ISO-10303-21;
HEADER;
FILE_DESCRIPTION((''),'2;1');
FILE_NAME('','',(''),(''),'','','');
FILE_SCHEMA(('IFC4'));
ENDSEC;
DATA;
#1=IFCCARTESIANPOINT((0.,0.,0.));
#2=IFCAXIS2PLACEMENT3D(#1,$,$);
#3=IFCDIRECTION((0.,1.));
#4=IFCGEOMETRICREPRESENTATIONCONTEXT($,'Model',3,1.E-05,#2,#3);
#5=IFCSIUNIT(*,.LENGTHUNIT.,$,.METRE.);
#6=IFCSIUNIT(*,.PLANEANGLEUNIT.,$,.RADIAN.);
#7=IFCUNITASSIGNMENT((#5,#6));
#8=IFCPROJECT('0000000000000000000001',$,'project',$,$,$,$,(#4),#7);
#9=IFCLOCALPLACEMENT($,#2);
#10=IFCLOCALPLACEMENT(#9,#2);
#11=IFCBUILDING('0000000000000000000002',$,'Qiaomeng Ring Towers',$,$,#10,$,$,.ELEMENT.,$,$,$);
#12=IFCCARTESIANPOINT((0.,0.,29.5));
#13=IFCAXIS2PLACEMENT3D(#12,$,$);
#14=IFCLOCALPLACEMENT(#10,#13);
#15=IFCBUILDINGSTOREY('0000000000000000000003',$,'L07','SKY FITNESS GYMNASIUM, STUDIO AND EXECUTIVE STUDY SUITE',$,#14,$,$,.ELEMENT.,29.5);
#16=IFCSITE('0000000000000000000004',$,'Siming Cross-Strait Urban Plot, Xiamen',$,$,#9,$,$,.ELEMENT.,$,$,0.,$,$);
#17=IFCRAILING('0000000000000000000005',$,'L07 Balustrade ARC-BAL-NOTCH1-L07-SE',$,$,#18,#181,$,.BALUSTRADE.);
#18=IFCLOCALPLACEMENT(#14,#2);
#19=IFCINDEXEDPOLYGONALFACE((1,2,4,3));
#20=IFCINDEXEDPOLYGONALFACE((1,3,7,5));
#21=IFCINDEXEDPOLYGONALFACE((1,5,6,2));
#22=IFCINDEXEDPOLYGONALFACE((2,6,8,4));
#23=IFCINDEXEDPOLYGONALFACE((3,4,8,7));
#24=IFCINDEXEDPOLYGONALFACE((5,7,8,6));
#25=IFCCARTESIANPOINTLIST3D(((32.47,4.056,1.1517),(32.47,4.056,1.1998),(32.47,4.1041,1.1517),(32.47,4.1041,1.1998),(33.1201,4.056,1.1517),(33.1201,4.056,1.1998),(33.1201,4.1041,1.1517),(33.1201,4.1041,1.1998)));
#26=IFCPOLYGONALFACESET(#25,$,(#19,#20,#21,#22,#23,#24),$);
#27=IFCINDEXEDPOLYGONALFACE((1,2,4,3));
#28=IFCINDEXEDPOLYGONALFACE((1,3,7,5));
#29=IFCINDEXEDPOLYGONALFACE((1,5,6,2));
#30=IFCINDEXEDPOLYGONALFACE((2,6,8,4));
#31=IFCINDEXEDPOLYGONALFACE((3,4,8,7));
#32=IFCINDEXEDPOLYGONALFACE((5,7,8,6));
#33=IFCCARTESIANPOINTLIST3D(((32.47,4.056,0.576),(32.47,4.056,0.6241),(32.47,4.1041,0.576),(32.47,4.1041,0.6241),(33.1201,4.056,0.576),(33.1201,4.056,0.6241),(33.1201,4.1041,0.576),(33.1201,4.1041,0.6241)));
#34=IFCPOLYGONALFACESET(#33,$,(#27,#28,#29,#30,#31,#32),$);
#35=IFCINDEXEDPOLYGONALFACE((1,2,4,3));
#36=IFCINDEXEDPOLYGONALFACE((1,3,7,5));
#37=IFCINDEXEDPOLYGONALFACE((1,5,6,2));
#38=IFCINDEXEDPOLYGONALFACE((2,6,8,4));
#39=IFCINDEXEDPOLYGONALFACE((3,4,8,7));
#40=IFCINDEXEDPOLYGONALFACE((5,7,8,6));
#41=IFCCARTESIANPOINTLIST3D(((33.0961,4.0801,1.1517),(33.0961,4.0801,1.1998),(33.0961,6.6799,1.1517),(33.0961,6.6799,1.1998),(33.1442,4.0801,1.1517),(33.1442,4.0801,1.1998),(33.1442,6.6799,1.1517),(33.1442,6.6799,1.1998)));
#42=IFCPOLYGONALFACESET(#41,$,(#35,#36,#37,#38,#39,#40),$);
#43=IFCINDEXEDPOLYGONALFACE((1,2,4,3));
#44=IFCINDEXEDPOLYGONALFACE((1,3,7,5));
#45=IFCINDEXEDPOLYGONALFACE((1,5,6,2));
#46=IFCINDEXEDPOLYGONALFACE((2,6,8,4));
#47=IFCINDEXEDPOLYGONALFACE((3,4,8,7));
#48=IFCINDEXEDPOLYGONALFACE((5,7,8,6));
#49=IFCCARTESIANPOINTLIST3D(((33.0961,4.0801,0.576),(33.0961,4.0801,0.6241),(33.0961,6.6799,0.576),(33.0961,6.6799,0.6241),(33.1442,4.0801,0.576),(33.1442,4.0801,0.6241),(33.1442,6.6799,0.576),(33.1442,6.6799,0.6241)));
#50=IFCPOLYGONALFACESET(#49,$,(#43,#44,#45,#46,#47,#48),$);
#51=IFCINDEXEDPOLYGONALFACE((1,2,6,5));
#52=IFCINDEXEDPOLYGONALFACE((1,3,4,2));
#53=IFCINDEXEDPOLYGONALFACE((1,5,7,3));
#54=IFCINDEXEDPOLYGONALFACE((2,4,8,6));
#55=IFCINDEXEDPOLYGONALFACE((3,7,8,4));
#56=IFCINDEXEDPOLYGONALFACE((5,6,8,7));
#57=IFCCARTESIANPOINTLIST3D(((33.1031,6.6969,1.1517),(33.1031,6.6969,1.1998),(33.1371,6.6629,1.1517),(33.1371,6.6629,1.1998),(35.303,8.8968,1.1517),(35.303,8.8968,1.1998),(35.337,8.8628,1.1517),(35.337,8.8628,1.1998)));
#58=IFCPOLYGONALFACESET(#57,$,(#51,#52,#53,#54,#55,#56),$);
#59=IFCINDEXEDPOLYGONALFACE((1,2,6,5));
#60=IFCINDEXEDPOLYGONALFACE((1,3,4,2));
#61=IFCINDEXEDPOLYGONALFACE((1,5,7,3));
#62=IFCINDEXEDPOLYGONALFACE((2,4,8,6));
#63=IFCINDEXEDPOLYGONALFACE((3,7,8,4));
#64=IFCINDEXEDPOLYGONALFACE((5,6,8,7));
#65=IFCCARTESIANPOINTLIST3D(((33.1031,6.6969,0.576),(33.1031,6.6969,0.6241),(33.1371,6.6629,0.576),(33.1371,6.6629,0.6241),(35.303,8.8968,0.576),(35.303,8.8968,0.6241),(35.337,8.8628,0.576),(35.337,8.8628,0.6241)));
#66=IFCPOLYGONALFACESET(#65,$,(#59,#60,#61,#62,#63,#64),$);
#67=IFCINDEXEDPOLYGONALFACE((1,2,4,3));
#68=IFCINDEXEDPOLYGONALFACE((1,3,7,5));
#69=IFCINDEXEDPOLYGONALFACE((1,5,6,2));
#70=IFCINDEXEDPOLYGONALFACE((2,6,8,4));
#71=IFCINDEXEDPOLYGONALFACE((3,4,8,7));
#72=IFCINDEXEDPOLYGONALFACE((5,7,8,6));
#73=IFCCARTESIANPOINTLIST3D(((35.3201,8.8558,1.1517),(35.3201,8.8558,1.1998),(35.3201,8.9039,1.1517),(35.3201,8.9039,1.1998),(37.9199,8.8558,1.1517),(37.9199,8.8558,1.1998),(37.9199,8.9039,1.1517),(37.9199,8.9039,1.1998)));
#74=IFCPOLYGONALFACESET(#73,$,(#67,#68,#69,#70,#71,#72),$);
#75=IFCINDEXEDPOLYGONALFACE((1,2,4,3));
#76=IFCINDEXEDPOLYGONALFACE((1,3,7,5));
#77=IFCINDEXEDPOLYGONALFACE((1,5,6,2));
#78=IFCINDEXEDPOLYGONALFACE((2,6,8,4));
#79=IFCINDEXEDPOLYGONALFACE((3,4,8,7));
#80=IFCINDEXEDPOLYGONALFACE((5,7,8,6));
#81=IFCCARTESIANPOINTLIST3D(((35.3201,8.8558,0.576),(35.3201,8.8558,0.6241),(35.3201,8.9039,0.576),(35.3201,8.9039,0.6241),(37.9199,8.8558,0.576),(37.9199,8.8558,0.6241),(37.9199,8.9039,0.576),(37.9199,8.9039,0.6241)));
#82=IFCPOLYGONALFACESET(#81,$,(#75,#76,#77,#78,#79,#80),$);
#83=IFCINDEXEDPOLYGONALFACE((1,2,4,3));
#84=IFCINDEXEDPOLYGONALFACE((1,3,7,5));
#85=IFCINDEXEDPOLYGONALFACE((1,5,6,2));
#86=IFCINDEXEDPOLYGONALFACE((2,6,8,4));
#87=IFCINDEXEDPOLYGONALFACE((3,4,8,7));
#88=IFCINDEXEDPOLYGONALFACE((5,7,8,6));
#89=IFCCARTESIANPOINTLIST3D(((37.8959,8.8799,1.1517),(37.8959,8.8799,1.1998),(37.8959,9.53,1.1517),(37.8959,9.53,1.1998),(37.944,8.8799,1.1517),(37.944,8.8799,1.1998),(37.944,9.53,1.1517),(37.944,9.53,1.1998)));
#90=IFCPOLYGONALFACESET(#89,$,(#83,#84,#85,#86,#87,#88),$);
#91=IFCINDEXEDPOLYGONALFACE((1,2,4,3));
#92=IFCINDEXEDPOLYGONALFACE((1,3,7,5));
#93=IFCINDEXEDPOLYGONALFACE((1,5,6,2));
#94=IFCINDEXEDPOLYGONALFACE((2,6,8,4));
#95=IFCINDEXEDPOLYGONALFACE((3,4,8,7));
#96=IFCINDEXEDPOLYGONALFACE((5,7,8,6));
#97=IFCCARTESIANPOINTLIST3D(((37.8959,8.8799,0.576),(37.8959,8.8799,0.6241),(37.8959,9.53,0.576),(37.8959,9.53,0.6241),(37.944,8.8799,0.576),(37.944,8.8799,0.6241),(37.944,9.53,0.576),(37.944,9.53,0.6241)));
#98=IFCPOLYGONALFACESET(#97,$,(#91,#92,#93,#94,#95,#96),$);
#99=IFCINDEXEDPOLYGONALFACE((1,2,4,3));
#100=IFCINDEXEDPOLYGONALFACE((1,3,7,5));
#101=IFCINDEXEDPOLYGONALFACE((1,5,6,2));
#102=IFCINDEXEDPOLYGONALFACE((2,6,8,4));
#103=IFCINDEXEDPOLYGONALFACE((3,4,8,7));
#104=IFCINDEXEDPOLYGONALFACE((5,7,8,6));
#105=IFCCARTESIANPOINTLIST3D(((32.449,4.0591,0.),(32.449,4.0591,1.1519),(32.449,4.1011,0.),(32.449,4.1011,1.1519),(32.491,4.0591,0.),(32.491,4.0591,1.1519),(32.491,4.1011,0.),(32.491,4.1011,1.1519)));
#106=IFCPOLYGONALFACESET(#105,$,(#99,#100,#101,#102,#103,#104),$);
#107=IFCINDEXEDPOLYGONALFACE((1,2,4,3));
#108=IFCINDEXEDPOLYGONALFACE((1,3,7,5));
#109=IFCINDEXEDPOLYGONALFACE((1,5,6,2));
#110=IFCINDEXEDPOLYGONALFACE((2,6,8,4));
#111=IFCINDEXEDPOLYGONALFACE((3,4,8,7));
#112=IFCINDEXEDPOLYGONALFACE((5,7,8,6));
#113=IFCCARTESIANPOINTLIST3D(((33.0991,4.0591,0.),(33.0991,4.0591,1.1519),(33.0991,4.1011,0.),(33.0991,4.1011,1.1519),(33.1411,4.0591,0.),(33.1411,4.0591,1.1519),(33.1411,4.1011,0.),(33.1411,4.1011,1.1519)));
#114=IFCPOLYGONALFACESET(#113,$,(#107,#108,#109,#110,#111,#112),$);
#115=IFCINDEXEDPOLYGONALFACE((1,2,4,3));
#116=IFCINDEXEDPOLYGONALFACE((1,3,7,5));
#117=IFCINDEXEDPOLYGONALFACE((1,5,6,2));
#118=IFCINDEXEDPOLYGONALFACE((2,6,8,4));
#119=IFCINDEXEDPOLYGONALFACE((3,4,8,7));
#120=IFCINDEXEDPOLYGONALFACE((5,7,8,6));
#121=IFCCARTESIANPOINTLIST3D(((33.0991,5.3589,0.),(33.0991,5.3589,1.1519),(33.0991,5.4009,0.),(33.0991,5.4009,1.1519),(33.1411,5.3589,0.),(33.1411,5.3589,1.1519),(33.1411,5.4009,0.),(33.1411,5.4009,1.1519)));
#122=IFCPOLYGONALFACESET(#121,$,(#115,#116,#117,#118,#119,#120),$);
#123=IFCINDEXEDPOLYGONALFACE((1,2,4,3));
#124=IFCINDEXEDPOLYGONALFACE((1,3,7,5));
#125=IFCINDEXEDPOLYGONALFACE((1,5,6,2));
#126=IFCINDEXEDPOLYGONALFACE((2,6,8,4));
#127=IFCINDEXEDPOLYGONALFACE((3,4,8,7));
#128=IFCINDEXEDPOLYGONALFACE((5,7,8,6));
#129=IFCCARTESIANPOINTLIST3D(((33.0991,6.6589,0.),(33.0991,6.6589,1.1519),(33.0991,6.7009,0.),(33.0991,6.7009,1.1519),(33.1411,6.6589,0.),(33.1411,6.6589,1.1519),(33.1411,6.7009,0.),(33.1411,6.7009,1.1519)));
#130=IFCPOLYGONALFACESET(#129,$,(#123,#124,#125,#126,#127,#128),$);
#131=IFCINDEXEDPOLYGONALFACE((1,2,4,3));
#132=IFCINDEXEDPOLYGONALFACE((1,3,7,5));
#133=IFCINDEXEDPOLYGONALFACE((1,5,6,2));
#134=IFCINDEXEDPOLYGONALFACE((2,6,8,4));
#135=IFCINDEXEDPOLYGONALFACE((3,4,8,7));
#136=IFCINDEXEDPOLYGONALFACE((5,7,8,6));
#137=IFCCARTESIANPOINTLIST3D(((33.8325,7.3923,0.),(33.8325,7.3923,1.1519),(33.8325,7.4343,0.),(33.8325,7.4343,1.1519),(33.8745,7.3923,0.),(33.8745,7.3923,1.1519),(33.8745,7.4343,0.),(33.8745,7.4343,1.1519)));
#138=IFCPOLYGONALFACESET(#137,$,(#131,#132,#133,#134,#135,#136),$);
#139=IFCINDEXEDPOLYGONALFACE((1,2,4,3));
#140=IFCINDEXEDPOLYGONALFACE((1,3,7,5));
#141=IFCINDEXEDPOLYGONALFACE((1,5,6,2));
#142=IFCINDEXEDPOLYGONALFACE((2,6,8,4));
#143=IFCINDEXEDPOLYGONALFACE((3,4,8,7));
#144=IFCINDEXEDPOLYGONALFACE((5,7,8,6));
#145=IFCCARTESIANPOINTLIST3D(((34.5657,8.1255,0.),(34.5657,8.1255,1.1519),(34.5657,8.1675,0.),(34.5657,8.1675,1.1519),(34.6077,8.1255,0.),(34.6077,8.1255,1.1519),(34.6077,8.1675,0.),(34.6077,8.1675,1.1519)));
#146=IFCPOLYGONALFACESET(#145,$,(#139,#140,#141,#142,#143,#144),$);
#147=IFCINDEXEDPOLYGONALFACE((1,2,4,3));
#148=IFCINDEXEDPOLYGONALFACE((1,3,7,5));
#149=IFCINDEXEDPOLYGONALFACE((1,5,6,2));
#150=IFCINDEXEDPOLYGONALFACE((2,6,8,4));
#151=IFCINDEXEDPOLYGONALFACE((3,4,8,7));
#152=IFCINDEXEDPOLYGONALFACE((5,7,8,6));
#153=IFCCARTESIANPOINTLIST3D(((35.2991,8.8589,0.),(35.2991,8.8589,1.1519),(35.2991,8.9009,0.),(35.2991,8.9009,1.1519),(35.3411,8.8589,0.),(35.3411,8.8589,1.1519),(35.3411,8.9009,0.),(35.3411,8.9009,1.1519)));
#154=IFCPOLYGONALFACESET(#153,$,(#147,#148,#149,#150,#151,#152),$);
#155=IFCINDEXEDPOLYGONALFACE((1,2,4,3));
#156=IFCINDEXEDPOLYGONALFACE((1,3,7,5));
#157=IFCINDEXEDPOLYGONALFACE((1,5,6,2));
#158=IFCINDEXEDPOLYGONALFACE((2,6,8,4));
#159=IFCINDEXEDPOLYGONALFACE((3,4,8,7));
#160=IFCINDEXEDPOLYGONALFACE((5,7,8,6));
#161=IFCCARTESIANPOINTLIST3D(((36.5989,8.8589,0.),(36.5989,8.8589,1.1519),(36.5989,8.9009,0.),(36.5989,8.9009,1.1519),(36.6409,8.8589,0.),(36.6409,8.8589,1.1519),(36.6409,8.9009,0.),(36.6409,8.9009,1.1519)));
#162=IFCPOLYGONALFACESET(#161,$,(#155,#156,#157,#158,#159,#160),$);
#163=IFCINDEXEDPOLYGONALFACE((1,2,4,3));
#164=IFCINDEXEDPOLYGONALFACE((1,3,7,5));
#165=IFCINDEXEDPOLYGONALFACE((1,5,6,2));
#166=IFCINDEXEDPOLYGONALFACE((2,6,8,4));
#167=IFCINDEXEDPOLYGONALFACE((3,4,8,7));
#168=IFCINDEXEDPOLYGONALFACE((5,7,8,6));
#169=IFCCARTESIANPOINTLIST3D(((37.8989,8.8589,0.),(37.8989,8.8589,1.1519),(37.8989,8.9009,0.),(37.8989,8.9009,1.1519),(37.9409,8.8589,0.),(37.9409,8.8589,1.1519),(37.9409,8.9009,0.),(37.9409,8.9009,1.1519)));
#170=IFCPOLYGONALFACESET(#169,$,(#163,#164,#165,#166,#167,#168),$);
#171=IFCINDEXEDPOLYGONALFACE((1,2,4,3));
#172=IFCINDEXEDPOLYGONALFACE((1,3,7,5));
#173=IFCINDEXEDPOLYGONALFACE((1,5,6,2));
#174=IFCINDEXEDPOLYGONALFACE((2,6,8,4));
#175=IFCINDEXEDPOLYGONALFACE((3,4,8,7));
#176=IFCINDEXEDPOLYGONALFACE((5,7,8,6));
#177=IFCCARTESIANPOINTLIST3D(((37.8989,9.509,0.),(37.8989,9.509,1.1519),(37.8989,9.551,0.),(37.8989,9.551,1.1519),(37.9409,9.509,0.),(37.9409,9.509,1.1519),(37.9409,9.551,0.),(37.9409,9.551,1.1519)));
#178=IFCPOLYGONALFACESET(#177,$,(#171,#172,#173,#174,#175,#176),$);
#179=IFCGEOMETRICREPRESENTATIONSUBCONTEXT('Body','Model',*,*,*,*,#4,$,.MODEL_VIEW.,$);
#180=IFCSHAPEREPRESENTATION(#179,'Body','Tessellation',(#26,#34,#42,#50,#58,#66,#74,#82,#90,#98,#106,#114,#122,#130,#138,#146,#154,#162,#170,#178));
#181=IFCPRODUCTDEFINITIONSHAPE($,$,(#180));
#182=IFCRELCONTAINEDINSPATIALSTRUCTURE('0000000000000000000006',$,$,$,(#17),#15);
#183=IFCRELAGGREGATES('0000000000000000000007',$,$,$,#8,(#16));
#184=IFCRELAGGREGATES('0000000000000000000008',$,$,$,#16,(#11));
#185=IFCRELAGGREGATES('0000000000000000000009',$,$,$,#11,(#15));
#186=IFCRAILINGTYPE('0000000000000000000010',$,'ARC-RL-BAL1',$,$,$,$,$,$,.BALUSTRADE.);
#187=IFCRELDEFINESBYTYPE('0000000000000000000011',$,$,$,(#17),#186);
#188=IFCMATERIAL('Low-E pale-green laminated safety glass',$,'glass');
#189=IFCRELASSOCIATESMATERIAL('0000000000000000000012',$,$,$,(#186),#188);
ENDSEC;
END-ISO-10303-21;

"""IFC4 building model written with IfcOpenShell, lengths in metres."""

from ifc_helpers import new_model, si_unit, direction, frame, origin, origin_2d, place, context, subcontext, project, spatial, rectangle, extrude, material, type_object, element, save


model = new_model("IFC4")

# Units and contexts
model_context = context("Model", 3, precision=1e-05, world=origin(), true_north=direction((0.0, 1.0)))
body_context = subcontext(model_context, "Body", "Model", "MODEL_VIEW")
ifc_project = project(units=[si_unit("LENGTHUNIT", "METRE"), si_unit("PLANEANGLEUNIT", "RADIAN")], contexts=[model_context])

# Site, building, storey
site_placement = place(None, origin())
site = spatial("IfcSite", under=ifc_project, at=site_placement, Name="Siming Cross-Strait Urban Plot, Xiamen", CompositionType="ELEMENT", RefElevation=0.0)
building_placement = place(site_placement, origin())
building = spatial("IfcBuilding", under=site, at=building_placement, Name="Qiaomeng Ring Towers", CompositionType="ELEMENT")
storey_placement = place(building_placement, frame((0.0, 0.0, 29.5)))
storey = spatial("IfcBuildingStorey", under=building, at=storey_placement, Name="L07", Description="SKY FITNESS GYMNASIUM, STUDIO AND EXECUTIVE STUDY SUITE", CompositionType="ELEMENT", Elevation=29.5)

# Railing
ifc_material_1 = material(Name="Low-E pale-green laminated safety glass", Category="glass")
railing_type = type_object("IfcRailingType", Name="ARC-RL-BAL1", PredefinedType="BALUSTRADE", material=ifc_material_1)
railing_placement = place(storey_placement, frame((32.47, 4.0801, 0.0)))
element("IfcRailing", 1, at=railing_placement, inside=storey, type_object=railing_type, Name="L07 Balustrade ARC-BAL-NOTCH1-L07-SE", PredefinedType="BALUSTRADE", context=body_context, shape_type="SweptSolid", body=[
    extrude(rectangle(XDim=0.0481, YDim=0.0481, at=origin_2d()), frame((0.0, 0.0, 1.1758), z_axis=(1.0, 0.0, 0.0), x_axis=(0.0, 1.0, 0.0)), (0.0, 0.0, 1.0), 0.6501),
    extrude(rectangle(XDim=0.0481, YDim=0.0481, at=origin_2d()), frame((0.0, 0.0, 0.6001), z_axis=(1.0, 0.0, 0.0), x_axis=(0.0, 1.0, 0.0)), (0.0, 0.0, 1.0), 0.6501),
    extrude(rectangle(XDim=0.0481, YDim=0.0481, at=origin_2d()), frame((0.6501, 0.0, 1.1758), z_axis=(0.0, 1.0, 0.0), x_axis=(-1.0, 0.0, 0.0)), (0.0, 0.0, 1.0), 2.5999),
    extrude(rectangle(XDim=0.0481, YDim=0.0481, at=origin_2d()), frame((0.6501, 0.0, 0.6001), z_axis=(0.0, 1.0, 0.0), x_axis=(-1.0, 0.0, 0.0)), (0.0, 0.0, 1.0), 2.5999),
    extrude(rectangle(XDim=0.0481, YDim=0.0481, at=origin_2d()), frame((0.6501, 2.5999, 1.1758), z_axis=(0.707107, 0.707107, 0.0), x_axis=(-0.707107, 0.707107, 0.0)), (0.0, 0.0, 1.0), 3.1111),
    extrude(rectangle(XDim=0.0481, YDim=0.0481, at=origin_2d()), frame((0.6501, 2.5999, 0.6001), z_axis=(0.707107, 0.707107, 0.0), x_axis=(-0.707107, 0.707107, 0.0)), (0.0, 0.0, 1.0), 3.1111),
    extrude(rectangle(XDim=0.0481, YDim=0.0481, at=origin_2d()), frame((2.8501, 4.7998, 1.1758), z_axis=(1.0, 0.0, 0.0), x_axis=(0.0, 1.0, 0.0)), (0.0, 0.0, 1.0), 2.5999),
    extrude(rectangle(XDim=0.0481, YDim=0.0481, at=origin_2d()), frame((2.8501, 4.7998, 0.6001), z_axis=(1.0, 0.0, 0.0), x_axis=(0.0, 1.0, 0.0)), (0.0, 0.0, 1.0), 2.5999),
    extrude(rectangle(XDim=0.0481, YDim=0.0481, at=origin_2d()), frame((5.45, 4.7998, 1.1758), z_axis=(0.0, 1.0, 0.0), x_axis=(-1.0, 0.0, 0.0)), (0.0, 0.0, 1.0), 0.6501),
    extrude(rectangle(XDim=0.0481, YDim=0.0481, at=origin_2d()), frame((5.45, 4.7998, 0.6001), z_axis=(0.0, 1.0, 0.0), x_axis=(-1.0, 0.0, 0.0)), (0.0, 0.0, 1.0), 0.6501),
    extrude(rectangle(XDim=0.042, YDim=0.042, at=origin_2d()), origin(), (0.0, 0.0, 1.0), 1.1519),
    extrude(rectangle(XDim=0.042, YDim=0.042, at=origin_2d()), frame((0.6501, 0.0, 0.0)), (0.0, 0.0, 1.0), 1.1519),
    extrude(rectangle(XDim=0.042, YDim=0.042, at=origin_2d()), frame((0.6501, 1.2998, 0.0)), (0.0, 0.0, 1.0), 1.1519),
    extrude(rectangle(XDim=0.042, YDim=0.042, at=origin_2d()), frame((0.6501, 2.5999, 0.0)), (0.0, 0.0, 1.0), 1.1519),
    extrude(rectangle(XDim=0.042, YDim=0.042, at=origin_2d()), frame((1.3835, 3.3333, 0.0)), (0.0, 0.0, 1.0), 1.1519),
    extrude(rectangle(XDim=0.042, YDim=0.042, at=origin_2d()), frame((2.1167, 4.0664, 0.0)), (0.0, 0.0, 1.0), 1.1519),
    extrude(rectangle(XDim=0.042, YDim=0.042, at=origin_2d()), frame((2.8501, 4.7998, 0.0)), (0.0, 0.0, 1.0), 1.1519),
    extrude(rectangle(XDim=0.042, YDim=0.042, at=origin_2d()), frame((4.1499, 4.7998, 0.0)), (0.0, 0.0, 1.0), 1.1519),
    extrude(rectangle(XDim=0.042, YDim=0.042, at=origin_2d()), frame((5.45, 4.7998, 0.0)), (0.0, 0.0, 1.0), 1.1519),
    extrude(rectangle(XDim=0.042, YDim=0.042, at=origin_2d()), frame((5.45, 5.45, 0.0)), (0.0, 0.0, 1.0), 1.1519),
])

save(model, "model.ifc")
